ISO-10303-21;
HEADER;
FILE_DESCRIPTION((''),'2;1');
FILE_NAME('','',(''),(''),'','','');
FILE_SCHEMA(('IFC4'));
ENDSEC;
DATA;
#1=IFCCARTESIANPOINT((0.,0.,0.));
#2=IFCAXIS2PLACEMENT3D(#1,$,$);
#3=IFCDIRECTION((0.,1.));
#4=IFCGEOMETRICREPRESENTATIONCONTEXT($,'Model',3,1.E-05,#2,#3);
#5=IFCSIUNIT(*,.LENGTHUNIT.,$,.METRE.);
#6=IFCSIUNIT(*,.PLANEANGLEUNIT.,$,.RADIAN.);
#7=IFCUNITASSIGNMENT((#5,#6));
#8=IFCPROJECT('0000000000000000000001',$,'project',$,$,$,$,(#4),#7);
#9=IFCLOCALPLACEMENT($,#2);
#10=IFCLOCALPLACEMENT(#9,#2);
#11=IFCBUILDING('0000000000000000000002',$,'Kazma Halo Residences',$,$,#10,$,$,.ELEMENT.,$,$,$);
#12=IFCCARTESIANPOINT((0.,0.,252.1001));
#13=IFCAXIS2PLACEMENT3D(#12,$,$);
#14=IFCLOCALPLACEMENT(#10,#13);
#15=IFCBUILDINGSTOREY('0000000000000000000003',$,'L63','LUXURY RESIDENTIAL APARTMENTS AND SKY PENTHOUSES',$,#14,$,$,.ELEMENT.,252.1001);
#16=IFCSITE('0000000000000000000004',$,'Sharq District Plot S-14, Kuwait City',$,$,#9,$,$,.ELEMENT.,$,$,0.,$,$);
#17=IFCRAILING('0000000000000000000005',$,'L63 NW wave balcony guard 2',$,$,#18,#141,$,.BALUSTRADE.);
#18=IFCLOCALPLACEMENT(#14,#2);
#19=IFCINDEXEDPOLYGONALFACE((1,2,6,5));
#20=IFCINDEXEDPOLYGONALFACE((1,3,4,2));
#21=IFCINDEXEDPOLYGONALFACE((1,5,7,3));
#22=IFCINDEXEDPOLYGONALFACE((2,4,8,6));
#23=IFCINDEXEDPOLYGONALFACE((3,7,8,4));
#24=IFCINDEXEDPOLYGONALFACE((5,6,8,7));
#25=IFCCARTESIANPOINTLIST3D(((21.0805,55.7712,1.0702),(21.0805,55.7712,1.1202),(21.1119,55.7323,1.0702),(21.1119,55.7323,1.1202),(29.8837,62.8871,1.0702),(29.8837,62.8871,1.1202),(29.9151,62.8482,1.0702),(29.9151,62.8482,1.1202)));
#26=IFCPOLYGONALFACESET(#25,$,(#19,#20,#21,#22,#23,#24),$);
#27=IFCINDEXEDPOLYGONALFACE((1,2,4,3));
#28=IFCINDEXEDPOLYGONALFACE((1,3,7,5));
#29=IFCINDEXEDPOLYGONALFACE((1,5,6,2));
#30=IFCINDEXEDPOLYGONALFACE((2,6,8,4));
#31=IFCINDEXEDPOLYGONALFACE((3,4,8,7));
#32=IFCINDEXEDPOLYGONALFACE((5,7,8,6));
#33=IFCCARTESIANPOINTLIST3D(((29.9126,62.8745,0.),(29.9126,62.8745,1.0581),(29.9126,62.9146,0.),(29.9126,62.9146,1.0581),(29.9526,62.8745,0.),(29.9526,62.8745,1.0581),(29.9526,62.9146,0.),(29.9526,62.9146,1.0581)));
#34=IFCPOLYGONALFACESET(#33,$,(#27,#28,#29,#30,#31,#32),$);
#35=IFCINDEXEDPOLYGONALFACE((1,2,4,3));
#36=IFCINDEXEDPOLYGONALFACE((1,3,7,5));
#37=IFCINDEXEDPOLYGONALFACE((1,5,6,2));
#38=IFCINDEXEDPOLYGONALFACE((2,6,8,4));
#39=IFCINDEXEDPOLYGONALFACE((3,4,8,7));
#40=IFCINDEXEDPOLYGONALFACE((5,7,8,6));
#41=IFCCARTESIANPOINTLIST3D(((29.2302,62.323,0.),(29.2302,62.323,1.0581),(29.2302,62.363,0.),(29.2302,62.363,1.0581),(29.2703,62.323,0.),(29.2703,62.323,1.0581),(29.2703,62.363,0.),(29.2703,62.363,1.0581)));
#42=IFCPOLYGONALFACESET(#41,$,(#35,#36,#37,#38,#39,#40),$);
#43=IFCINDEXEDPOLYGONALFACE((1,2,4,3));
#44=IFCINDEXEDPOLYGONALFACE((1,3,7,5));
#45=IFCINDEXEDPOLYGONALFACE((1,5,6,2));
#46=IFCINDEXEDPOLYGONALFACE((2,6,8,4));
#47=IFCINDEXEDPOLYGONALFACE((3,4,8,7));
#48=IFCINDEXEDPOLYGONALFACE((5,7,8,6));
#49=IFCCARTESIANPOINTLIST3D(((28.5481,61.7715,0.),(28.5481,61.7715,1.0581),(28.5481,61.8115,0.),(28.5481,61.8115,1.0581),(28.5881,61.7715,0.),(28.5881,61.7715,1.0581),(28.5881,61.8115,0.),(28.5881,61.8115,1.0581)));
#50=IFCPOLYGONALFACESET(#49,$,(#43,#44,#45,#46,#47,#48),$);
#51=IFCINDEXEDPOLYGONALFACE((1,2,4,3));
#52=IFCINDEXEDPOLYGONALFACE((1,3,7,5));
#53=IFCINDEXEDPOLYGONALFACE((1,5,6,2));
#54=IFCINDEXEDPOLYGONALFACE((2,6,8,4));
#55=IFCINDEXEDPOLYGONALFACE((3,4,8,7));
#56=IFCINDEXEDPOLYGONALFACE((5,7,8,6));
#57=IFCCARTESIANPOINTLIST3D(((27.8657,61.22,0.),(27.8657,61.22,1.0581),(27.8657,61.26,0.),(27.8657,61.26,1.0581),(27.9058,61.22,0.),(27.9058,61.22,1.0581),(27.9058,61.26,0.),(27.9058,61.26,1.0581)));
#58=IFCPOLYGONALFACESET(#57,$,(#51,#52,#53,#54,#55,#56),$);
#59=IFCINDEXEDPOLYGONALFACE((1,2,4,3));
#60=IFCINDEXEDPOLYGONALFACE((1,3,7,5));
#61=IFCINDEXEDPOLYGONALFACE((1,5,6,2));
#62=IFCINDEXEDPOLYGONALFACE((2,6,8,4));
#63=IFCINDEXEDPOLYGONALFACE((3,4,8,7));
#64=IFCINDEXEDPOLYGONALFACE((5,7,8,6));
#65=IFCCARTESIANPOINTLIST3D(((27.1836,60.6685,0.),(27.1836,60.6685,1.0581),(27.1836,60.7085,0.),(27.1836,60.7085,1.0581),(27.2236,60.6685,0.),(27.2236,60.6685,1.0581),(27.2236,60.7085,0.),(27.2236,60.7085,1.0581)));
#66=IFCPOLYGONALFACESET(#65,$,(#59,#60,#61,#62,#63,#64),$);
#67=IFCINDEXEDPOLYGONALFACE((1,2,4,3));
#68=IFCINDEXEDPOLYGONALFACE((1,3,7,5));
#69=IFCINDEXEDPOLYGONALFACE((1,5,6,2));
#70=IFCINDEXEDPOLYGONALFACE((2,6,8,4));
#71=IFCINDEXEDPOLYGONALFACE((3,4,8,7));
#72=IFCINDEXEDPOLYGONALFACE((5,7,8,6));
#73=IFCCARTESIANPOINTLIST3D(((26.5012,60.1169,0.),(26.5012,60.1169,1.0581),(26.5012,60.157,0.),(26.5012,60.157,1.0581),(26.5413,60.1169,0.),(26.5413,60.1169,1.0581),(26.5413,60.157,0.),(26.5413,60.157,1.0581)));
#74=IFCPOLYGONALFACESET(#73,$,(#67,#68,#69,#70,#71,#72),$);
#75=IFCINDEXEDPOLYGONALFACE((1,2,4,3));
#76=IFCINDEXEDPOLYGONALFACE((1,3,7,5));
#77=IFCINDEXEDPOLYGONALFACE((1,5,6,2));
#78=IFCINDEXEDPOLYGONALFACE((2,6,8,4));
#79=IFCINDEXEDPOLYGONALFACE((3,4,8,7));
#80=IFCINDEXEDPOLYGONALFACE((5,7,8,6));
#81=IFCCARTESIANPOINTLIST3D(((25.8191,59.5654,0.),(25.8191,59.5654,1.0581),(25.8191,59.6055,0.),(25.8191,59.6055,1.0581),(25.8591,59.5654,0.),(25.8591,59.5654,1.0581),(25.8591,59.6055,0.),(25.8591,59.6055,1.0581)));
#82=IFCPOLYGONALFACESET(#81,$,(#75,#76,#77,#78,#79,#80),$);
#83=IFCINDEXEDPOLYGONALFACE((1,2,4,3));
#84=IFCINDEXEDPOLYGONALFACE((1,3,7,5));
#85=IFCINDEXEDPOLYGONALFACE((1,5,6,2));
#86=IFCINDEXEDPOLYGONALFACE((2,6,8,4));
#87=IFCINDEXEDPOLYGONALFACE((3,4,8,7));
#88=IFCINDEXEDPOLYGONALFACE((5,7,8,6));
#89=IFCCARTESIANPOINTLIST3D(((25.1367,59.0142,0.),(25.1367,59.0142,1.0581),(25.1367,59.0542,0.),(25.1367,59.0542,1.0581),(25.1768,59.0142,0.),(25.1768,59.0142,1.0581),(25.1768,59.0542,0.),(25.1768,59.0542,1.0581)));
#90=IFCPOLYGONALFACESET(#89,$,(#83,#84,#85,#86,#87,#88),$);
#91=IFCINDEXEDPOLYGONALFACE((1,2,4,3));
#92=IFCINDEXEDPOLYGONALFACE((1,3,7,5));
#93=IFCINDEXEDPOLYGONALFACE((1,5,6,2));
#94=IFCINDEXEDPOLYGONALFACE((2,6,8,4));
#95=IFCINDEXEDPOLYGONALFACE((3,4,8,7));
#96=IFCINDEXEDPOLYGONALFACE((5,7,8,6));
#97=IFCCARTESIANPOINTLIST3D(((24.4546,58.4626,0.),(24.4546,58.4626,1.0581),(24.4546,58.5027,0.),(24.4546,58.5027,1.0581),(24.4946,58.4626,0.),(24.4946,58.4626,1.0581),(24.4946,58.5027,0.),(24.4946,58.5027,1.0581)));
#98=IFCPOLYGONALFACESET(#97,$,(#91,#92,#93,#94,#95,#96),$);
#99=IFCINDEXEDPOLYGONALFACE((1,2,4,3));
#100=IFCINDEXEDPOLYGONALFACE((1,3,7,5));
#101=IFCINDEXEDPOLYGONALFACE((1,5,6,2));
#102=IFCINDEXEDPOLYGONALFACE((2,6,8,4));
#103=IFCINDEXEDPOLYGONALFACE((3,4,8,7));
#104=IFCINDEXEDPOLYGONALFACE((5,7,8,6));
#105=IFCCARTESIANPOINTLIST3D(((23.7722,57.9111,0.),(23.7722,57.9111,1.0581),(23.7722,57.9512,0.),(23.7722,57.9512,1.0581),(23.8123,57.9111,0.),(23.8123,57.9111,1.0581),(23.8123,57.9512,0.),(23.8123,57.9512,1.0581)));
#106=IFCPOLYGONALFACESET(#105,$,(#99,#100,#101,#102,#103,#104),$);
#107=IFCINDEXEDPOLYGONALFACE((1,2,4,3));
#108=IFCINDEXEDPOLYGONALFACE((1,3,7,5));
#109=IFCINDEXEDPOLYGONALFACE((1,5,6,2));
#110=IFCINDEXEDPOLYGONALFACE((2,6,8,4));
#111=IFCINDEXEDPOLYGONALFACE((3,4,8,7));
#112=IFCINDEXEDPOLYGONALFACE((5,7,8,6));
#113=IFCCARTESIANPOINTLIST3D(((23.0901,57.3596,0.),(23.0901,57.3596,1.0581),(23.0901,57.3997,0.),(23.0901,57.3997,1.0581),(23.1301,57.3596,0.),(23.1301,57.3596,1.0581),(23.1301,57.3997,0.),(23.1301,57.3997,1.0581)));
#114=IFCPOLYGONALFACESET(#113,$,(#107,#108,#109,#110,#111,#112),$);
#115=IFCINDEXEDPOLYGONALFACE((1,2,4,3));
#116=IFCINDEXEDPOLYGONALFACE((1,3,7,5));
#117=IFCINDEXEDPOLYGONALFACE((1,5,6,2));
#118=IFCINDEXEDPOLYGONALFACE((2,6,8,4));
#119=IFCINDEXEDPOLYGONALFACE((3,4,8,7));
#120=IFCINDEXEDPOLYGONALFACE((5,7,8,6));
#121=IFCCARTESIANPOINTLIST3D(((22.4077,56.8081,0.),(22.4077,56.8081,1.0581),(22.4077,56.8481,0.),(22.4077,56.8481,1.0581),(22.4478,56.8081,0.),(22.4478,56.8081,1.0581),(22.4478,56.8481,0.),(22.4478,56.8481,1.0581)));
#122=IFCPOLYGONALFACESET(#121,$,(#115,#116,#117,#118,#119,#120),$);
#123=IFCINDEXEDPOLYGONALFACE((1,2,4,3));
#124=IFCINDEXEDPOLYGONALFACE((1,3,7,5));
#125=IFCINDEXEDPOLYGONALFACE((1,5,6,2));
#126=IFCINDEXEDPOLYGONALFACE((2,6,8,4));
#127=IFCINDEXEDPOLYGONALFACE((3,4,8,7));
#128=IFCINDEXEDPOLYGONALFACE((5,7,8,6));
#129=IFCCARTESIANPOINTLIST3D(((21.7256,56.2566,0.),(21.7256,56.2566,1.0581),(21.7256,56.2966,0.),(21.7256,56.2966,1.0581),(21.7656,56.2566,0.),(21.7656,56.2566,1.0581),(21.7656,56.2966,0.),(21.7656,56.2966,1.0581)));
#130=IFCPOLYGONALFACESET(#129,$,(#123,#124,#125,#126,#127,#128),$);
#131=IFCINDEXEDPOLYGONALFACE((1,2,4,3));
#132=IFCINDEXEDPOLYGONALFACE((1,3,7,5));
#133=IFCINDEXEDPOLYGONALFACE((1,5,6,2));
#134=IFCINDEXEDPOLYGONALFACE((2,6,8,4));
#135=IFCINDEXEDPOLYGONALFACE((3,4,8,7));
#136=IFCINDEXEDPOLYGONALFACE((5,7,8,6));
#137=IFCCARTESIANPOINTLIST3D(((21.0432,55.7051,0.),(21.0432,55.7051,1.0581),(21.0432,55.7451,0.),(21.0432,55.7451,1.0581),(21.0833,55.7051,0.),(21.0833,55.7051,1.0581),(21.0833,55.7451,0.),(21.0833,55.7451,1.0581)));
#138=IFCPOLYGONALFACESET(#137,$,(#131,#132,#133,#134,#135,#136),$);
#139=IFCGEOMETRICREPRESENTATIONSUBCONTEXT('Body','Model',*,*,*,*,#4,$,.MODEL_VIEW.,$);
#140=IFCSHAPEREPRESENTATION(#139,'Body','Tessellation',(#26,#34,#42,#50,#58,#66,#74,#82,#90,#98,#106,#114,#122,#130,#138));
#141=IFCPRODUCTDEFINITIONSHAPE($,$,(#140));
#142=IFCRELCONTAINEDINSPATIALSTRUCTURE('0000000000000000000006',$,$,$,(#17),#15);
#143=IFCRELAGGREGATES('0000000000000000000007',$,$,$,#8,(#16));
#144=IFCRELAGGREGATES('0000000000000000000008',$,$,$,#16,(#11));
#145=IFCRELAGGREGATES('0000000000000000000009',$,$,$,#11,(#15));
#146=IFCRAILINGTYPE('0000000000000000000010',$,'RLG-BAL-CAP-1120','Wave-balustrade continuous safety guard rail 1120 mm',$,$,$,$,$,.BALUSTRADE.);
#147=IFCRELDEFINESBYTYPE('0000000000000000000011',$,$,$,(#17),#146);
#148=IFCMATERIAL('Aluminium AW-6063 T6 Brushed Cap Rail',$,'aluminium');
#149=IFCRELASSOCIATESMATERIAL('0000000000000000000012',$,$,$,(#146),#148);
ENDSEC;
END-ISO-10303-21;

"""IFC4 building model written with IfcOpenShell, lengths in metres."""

from ifc_helpers import new_model, si_unit, direction, frame, origin, origin_2d, place, context, subcontext, project, spatial, rectangle, extrude, material, type_object, element, save


model = new_model("IFC4")

# Units and contexts
model_context = context("Model", 3, precision=1e-05, world=origin(), true_north=direction((0.0, 1.0)))
body_context = subcontext(model_context, "Body", "Model", "MODEL_VIEW")
ifc_project = project(units=[si_unit("LENGTHUNIT", "METRE"), si_unit("PLANEANGLEUNIT", "RADIAN")], contexts=[model_context])

# Site, building, storey
site_placement = place(None, origin())
site = spatial("IfcSite", under=ifc_project, at=site_placement, Name="Sharq District Plot S-14, Kuwait City", CompositionType="ELEMENT", RefElevation=0.0)
building_placement = place(site_placement, origin())
building = spatial("IfcBuilding", under=site, at=building_placement, Name="Kazma Halo Residences", CompositionType="ELEMENT")
storey_placement = place(building_placement, frame((0.0, 0.0, 252.1001)))
storey = spatial("IfcBuildingStorey", under=building, at=storey_placement, Name="L63", Description="LUXURY RESIDENTIAL APARTMENTS AND SKY PENTHOUSES", CompositionType="ELEMENT", Elevation=252.1001)

# Railing
ifc_material_1 = material(Name="Aluminium AW-6063 T6 Brushed Cap Rail", Category="aluminium")
railing_type = type_object("IfcRailingType", Name="RLG-BAL-CAP-1120", Description="Wave-balustrade continuous safety guard rail 1120 mm", PredefinedType="BALUSTRADE", material=ifc_material_1)
railing_1_placement = place(storey_placement, frame((29.9326, 62.8945, 0.0)))
element("IfcRailing", 1, at=railing_1_placement, inside=storey, type_object=railing_type, Name="L63 NW wave balcony guard 2", PredefinedType="BALUSTRADE", context=body_context, shape_type="SweptSolid", body=[
    extrude(rectangle(XDim=0.05, YDim=0.05, at=origin_2d()), frame((-0.0332, -0.0269, 1.0952), z_axis=(-0.777697, -0.62864, 0.0), x_axis=(0.62864, -0.777697, 0.0)), (0.0, 0.0, 1.0), 11.3196),
    extrude(rectangle(XDim=0.04, YDim=0.04, at=origin_2d()), origin(), (0.0, 0.0, 1.0), 1.0581),
    extrude(rectangle(XDim=0.04, YDim=0.04, at=origin_2d()), frame((-0.6824, -0.5515, 0.0)), (0.0, 0.0, 1.0), 1.0581),
    extrude(rectangle(XDim=0.04, YDim=0.04, at=origin_2d()), frame((-1.3645, -1.103, 0.0)), (0.0, 0.0, 1.0), 1.0581),
    extrude(rectangle(XDim=0.04, YDim=0.04, at=origin_2d()), frame((-2.0469, -1.6545, 0.0)), (0.0, 0.0, 1.0), 1.0581),
    extrude(rectangle(XDim=0.04, YDim=0.04, at=origin_2d()), frame((-2.729, -2.2061, 0.0)), (0.0, 0.0, 1.0), 1.0581),
    extrude(rectangle(XDim=0.04, YDim=0.04, at=origin_2d()), frame((-3.4114, -2.7576, 0.0)), (0.0, 0.0, 1.0), 1.0581),
    extrude(rectangle(XDim=0.04, YDim=0.04, at=origin_2d()), frame((-4.0935, -3.3091, 0.0)), (0.0, 0.0, 1.0), 1.0581),
    extrude(rectangle(XDim=0.04, YDim=0.04, at=origin_2d()), frame((-4.7759, -3.8604, 0.0)), (0.0, 0.0, 1.0), 1.0581),
    extrude(rectangle(XDim=0.04, YDim=0.04, at=origin_2d()), frame((-5.458, -4.4119, 0.0)), (0.0, 0.0, 1.0), 1.0581),
    extrude(rectangle(XDim=0.04, YDim=0.04, at=origin_2d()), frame((-6.1404, -4.9634, 0.0)), (0.0, 0.0, 1.0), 1.0581),
    extrude(rectangle(XDim=0.04, YDim=0.04, at=origin_2d()), frame((-6.8225, -5.5149, 0.0)), (0.0, 0.0, 1.0), 1.0581),
    extrude(rectangle(XDim=0.04, YDim=0.04, at=origin_2d()), frame((-7.5049, -6.0664, 0.0)), (0.0, 0.0, 1.0), 1.0581),
    extrude(rectangle(XDim=0.04, YDim=0.04, at=origin_2d()), frame((-8.187, -6.6179, 0.0)), (0.0, 0.0, 1.0), 1.0581),
    extrude(rectangle(XDim=0.04, YDim=0.04, at=origin_2d()), frame((-8.8694, -7.1694, 0.0)), (0.0, 0.0, 1.0), 1.0581),
])

save(model, "model.ifc")
